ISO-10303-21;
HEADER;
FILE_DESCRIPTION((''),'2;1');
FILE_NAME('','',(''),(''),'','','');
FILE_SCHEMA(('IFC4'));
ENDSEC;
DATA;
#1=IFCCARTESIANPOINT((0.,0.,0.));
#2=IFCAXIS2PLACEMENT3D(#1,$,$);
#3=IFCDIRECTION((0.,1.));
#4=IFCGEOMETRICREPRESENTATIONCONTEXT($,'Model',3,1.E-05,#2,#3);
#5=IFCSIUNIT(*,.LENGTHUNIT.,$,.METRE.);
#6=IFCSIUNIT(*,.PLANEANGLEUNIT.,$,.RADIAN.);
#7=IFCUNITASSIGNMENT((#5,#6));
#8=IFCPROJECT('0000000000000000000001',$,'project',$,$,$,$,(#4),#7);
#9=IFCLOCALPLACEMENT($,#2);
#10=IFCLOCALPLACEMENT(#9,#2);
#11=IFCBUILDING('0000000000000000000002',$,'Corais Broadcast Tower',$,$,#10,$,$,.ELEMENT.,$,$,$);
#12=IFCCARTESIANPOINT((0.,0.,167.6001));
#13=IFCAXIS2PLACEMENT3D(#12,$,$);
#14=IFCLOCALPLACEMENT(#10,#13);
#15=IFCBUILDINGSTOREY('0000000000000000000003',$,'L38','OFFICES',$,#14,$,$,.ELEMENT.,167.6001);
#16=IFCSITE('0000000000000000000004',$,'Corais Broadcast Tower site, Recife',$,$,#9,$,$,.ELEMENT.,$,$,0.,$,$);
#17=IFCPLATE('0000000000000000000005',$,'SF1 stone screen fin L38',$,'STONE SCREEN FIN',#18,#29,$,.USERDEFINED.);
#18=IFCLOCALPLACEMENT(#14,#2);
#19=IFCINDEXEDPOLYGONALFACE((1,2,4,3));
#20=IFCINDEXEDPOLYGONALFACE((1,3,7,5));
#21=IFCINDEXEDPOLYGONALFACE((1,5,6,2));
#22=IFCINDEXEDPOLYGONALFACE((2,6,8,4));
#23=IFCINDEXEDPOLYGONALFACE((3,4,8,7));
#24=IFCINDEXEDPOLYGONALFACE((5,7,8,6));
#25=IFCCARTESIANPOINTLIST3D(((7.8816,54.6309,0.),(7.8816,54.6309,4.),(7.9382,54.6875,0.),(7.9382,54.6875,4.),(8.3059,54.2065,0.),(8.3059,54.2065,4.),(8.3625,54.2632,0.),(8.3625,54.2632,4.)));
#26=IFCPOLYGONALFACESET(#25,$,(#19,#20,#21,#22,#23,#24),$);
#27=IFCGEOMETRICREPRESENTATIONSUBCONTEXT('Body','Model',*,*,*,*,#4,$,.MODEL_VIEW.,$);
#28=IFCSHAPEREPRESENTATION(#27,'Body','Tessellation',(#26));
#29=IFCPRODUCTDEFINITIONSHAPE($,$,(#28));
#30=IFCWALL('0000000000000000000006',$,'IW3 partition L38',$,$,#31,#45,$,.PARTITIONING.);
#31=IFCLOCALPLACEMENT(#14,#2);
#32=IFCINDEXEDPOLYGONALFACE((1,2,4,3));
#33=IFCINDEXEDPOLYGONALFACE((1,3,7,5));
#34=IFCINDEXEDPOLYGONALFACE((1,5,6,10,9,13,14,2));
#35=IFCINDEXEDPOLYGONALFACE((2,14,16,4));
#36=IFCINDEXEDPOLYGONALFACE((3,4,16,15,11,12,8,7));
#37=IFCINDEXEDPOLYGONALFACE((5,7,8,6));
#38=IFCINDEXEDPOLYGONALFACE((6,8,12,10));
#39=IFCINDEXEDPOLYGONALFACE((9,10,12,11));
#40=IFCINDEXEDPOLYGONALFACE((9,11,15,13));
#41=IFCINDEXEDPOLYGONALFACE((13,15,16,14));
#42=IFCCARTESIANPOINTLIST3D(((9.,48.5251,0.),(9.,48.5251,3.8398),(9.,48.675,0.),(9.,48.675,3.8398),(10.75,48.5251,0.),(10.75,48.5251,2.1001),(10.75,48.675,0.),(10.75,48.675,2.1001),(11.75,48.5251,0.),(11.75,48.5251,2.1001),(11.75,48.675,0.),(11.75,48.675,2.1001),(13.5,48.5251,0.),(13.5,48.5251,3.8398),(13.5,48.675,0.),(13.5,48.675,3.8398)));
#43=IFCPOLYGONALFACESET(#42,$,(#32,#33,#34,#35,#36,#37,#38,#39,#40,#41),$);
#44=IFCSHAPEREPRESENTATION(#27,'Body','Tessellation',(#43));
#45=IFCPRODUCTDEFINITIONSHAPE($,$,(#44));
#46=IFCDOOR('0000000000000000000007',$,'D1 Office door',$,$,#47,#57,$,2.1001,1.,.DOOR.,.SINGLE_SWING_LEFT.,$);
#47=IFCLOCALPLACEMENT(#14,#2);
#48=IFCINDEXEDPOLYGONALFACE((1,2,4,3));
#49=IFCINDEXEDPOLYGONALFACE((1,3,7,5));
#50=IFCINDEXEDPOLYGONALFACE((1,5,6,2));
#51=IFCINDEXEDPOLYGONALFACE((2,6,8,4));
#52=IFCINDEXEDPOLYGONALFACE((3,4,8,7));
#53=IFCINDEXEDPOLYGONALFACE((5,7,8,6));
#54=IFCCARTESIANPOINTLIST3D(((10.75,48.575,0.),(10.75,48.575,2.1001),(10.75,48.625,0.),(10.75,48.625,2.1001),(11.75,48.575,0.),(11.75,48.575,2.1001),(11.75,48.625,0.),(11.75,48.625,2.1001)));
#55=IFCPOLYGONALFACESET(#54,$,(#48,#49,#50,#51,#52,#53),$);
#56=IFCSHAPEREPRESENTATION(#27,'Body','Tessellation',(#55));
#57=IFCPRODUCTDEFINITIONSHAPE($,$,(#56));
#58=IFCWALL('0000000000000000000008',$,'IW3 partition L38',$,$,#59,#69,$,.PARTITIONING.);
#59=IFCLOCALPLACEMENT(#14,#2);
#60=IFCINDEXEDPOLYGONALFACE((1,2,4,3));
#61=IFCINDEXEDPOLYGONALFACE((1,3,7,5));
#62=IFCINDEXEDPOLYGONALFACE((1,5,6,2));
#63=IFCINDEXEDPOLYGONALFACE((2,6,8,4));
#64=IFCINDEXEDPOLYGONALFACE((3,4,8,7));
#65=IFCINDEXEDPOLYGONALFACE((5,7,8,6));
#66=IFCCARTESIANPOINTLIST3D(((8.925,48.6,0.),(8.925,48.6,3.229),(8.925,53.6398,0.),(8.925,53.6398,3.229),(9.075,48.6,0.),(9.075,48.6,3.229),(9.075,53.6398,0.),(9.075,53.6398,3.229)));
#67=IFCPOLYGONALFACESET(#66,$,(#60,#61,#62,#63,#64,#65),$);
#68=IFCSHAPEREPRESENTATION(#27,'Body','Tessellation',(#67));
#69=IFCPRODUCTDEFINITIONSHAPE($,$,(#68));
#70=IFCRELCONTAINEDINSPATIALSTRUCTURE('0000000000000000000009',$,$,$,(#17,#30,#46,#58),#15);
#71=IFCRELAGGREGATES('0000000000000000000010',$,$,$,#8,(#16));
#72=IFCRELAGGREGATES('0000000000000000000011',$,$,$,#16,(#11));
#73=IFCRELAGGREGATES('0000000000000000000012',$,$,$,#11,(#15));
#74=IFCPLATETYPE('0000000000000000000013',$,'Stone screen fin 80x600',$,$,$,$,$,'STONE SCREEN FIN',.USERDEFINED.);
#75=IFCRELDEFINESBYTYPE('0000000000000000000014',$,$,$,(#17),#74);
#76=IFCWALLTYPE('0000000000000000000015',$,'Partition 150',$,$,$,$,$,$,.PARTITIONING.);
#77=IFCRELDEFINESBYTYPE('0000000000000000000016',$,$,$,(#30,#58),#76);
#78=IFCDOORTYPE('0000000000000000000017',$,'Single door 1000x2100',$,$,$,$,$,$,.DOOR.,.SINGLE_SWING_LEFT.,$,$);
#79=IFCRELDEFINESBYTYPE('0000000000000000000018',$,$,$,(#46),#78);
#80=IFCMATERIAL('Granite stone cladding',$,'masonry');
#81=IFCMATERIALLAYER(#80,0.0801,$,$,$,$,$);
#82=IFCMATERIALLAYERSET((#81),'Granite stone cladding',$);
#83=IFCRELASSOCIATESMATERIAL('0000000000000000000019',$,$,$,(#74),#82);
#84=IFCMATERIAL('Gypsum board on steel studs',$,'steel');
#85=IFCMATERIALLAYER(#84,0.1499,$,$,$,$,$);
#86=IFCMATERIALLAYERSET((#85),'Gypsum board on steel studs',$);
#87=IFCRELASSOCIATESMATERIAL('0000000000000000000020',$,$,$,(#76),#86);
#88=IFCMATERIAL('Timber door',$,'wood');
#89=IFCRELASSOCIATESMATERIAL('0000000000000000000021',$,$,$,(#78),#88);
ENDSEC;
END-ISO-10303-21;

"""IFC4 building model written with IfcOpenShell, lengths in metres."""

from ifc_helpers import new_model, si_unit, direction, frame, frame_2d, origin, origin_2d, place, context, subcontext, project, spatial, rectangle, extrude, material, layer, layer_set, type_object, element, fill, save


model = new_model("IFC4")

# Units and contexts
model_context = context("Model", 3, precision=1e-05, world=origin(), true_north=direction((0.0, 1.0)))
body_context = subcontext(model_context, "Body", "Model", "MODEL_VIEW")
ifc_project = project(units=[si_unit("LENGTHUNIT", "METRE"), si_unit("PLANEANGLEUNIT", "RADIAN")], contexts=[model_context])

# Site, building, storey
site_placement = place(None, origin())
site = spatial("IfcSite", under=ifc_project, at=site_placement, Name="Corais Broadcast Tower site, Recife", CompositionType="ELEMENT", RefElevation=0.0)
building_placement = place(site_placement, origin())
building = spatial("IfcBuilding", under=site, at=building_placement, Name="Corais Broadcast Tower", CompositionType="ELEMENT")
storey_placement = place(building_placement, frame((0.0, 0.0, 167.6001)))
storey = spatial("IfcBuildingStorey", under=building, at=storey_placement, Name="L38", Description="OFFICES", CompositionType="ELEMENT", Elevation=167.6001)

# Plate
ifc_material_1 = material(Name="Granite stone cladding", Category="masonry")
ifc_layer_1 = layer(ifc_material_1, 0.0801)
ifc_layer_set_1 = layer_set([ifc_layer_1], Name="Granite stone cladding")
plate_type_1 = type_object("IfcPlateType", Name="Stone screen fin 80x600", ElementType="STONE SCREEN FIN", PredefinedType="USERDEFINED", material=ifc_layer_set_1)
for number, where, z_axis, x_axis, name in (
    (1, (8.1221, 54.447, 0.0), (0.0, 0.0, 1.0), (0.707107, 0.707107, 0.0), "SF1 stone screen fin L38"),
):
    element("IfcPlate", number, at=place(storey_placement, frame(where, z_axis=z_axis, x_axis=x_axis)), inside=storey, type_object=plate_type_1, Name=name, ObjectType="STONE SCREEN FIN", PredefinedType="USERDEFINED", context=body_context, shape_type="SweptSolid", body=[
        extrude(rectangle(XDim=0.0801, YDim=0.6001, at=origin_2d()), origin(), (0.0, 0.0, 1.0), 4.0),
    ])

# Wall, opening, door
ifc_material_2 = material(Name="Gypsum board on steel studs", Category="steel")
ifc_layer_2 = layer(ifc_material_2, 0.1499)
ifc_layer_set_2 = layer_set([ifc_layer_2], Name="Gypsum board on steel studs")
wall_type = type_object("IfcWallType", Name="Partition 150", PredefinedType="PARTITIONING", material=ifc_layer_set_2)
wall_1_placement = place(storey_placement, frame((9.0, 48.6001, 0.0), z_axis=(0.0, 0.0, 1.0), x_axis=(1.0, 0.0, 0.0)))
wall_1 = element("IfcWall", 2, at=wall_1_placement, inside=storey, type_object=wall_type, Name="IW3 partition L38", PredefinedType="PARTITIONING", context=body_context, shape_type="SweptSolid", body=[
    extrude(rectangle(XDim=4.5, YDim=0.1499, at=frame_2d((2.25, 0.0))), origin(), (0.0, 0.0, 1.0), 3.8398),
])
opening_placement = place(wall_1_placement, frame((1.75, 0.0, 0.0)))
opening = element("IfcOpeningElement", 3, at=opening_placement, cuts=wall_1, PredefinedType="OPENING", context=body_context, shape_type="SweptSolid", body=[
    extrude(rectangle(XDim=1.0, YDim=2.1001, at=frame_2d((0.5, 1.05))), frame((0.0, 0.085, 0.0), z_axis=(0.0, -1.0, 0.0), x_axis=(1.0, 0.0, 0.0)), (0.0, 0.0, 1.0), 0.1699),
])
ifc_material_3 = material(Name="Timber door", Category="wood")
door_type = type_object("IfcDoorType", Name="Single door 1000x2100", OperationType="SINGLE_SWING_LEFT", PredefinedType="DOOR", material=ifc_material_3)
door_placement = place(opening_placement, origin())
door = element("IfcDoor", 4, at=door_placement, inside=storey, type_object=door_type, Name="D1 Office door", OperationType="SINGLE_SWING_LEFT", OverallHeight=2.1001, OverallWidth=1.0, PredefinedType="DOOR", context=body_context, shape_type="SweptSolid", body=[
    extrude(rectangle(XDim=1.0, YDim=2.1001, at=frame_2d((0.5, 1.05))), frame((0.0, 0.0249, 0.0), z_axis=(0.0, -1.0, 0.0), x_axis=(1.0, 0.0, 0.0)), (0.0, 0.0, 1.0), 0.05),
])
fill(opening, door)

# Wall
wall_2_placement = place(storey_placement, frame((9.0, 53.6399, 0.0), z_axis=(0.0, 0.0, 1.0), x_axis=(0.0, -1.0, 0.0)))
element("IfcWall", 5, at=wall_2_placement, inside=storey, type_object=wall_type, Name="IW3 partition L38", PredefinedType="PARTITIONING", context=body_context, shape_type="SweptSolid", body=[
    extrude(rectangle(XDim=5.0398, YDim=0.1499, at=frame_2d((2.52, 0.0))), origin(), (0.0, 0.0, 1.0), 3.229),
])

save(model, "model.ifc")
